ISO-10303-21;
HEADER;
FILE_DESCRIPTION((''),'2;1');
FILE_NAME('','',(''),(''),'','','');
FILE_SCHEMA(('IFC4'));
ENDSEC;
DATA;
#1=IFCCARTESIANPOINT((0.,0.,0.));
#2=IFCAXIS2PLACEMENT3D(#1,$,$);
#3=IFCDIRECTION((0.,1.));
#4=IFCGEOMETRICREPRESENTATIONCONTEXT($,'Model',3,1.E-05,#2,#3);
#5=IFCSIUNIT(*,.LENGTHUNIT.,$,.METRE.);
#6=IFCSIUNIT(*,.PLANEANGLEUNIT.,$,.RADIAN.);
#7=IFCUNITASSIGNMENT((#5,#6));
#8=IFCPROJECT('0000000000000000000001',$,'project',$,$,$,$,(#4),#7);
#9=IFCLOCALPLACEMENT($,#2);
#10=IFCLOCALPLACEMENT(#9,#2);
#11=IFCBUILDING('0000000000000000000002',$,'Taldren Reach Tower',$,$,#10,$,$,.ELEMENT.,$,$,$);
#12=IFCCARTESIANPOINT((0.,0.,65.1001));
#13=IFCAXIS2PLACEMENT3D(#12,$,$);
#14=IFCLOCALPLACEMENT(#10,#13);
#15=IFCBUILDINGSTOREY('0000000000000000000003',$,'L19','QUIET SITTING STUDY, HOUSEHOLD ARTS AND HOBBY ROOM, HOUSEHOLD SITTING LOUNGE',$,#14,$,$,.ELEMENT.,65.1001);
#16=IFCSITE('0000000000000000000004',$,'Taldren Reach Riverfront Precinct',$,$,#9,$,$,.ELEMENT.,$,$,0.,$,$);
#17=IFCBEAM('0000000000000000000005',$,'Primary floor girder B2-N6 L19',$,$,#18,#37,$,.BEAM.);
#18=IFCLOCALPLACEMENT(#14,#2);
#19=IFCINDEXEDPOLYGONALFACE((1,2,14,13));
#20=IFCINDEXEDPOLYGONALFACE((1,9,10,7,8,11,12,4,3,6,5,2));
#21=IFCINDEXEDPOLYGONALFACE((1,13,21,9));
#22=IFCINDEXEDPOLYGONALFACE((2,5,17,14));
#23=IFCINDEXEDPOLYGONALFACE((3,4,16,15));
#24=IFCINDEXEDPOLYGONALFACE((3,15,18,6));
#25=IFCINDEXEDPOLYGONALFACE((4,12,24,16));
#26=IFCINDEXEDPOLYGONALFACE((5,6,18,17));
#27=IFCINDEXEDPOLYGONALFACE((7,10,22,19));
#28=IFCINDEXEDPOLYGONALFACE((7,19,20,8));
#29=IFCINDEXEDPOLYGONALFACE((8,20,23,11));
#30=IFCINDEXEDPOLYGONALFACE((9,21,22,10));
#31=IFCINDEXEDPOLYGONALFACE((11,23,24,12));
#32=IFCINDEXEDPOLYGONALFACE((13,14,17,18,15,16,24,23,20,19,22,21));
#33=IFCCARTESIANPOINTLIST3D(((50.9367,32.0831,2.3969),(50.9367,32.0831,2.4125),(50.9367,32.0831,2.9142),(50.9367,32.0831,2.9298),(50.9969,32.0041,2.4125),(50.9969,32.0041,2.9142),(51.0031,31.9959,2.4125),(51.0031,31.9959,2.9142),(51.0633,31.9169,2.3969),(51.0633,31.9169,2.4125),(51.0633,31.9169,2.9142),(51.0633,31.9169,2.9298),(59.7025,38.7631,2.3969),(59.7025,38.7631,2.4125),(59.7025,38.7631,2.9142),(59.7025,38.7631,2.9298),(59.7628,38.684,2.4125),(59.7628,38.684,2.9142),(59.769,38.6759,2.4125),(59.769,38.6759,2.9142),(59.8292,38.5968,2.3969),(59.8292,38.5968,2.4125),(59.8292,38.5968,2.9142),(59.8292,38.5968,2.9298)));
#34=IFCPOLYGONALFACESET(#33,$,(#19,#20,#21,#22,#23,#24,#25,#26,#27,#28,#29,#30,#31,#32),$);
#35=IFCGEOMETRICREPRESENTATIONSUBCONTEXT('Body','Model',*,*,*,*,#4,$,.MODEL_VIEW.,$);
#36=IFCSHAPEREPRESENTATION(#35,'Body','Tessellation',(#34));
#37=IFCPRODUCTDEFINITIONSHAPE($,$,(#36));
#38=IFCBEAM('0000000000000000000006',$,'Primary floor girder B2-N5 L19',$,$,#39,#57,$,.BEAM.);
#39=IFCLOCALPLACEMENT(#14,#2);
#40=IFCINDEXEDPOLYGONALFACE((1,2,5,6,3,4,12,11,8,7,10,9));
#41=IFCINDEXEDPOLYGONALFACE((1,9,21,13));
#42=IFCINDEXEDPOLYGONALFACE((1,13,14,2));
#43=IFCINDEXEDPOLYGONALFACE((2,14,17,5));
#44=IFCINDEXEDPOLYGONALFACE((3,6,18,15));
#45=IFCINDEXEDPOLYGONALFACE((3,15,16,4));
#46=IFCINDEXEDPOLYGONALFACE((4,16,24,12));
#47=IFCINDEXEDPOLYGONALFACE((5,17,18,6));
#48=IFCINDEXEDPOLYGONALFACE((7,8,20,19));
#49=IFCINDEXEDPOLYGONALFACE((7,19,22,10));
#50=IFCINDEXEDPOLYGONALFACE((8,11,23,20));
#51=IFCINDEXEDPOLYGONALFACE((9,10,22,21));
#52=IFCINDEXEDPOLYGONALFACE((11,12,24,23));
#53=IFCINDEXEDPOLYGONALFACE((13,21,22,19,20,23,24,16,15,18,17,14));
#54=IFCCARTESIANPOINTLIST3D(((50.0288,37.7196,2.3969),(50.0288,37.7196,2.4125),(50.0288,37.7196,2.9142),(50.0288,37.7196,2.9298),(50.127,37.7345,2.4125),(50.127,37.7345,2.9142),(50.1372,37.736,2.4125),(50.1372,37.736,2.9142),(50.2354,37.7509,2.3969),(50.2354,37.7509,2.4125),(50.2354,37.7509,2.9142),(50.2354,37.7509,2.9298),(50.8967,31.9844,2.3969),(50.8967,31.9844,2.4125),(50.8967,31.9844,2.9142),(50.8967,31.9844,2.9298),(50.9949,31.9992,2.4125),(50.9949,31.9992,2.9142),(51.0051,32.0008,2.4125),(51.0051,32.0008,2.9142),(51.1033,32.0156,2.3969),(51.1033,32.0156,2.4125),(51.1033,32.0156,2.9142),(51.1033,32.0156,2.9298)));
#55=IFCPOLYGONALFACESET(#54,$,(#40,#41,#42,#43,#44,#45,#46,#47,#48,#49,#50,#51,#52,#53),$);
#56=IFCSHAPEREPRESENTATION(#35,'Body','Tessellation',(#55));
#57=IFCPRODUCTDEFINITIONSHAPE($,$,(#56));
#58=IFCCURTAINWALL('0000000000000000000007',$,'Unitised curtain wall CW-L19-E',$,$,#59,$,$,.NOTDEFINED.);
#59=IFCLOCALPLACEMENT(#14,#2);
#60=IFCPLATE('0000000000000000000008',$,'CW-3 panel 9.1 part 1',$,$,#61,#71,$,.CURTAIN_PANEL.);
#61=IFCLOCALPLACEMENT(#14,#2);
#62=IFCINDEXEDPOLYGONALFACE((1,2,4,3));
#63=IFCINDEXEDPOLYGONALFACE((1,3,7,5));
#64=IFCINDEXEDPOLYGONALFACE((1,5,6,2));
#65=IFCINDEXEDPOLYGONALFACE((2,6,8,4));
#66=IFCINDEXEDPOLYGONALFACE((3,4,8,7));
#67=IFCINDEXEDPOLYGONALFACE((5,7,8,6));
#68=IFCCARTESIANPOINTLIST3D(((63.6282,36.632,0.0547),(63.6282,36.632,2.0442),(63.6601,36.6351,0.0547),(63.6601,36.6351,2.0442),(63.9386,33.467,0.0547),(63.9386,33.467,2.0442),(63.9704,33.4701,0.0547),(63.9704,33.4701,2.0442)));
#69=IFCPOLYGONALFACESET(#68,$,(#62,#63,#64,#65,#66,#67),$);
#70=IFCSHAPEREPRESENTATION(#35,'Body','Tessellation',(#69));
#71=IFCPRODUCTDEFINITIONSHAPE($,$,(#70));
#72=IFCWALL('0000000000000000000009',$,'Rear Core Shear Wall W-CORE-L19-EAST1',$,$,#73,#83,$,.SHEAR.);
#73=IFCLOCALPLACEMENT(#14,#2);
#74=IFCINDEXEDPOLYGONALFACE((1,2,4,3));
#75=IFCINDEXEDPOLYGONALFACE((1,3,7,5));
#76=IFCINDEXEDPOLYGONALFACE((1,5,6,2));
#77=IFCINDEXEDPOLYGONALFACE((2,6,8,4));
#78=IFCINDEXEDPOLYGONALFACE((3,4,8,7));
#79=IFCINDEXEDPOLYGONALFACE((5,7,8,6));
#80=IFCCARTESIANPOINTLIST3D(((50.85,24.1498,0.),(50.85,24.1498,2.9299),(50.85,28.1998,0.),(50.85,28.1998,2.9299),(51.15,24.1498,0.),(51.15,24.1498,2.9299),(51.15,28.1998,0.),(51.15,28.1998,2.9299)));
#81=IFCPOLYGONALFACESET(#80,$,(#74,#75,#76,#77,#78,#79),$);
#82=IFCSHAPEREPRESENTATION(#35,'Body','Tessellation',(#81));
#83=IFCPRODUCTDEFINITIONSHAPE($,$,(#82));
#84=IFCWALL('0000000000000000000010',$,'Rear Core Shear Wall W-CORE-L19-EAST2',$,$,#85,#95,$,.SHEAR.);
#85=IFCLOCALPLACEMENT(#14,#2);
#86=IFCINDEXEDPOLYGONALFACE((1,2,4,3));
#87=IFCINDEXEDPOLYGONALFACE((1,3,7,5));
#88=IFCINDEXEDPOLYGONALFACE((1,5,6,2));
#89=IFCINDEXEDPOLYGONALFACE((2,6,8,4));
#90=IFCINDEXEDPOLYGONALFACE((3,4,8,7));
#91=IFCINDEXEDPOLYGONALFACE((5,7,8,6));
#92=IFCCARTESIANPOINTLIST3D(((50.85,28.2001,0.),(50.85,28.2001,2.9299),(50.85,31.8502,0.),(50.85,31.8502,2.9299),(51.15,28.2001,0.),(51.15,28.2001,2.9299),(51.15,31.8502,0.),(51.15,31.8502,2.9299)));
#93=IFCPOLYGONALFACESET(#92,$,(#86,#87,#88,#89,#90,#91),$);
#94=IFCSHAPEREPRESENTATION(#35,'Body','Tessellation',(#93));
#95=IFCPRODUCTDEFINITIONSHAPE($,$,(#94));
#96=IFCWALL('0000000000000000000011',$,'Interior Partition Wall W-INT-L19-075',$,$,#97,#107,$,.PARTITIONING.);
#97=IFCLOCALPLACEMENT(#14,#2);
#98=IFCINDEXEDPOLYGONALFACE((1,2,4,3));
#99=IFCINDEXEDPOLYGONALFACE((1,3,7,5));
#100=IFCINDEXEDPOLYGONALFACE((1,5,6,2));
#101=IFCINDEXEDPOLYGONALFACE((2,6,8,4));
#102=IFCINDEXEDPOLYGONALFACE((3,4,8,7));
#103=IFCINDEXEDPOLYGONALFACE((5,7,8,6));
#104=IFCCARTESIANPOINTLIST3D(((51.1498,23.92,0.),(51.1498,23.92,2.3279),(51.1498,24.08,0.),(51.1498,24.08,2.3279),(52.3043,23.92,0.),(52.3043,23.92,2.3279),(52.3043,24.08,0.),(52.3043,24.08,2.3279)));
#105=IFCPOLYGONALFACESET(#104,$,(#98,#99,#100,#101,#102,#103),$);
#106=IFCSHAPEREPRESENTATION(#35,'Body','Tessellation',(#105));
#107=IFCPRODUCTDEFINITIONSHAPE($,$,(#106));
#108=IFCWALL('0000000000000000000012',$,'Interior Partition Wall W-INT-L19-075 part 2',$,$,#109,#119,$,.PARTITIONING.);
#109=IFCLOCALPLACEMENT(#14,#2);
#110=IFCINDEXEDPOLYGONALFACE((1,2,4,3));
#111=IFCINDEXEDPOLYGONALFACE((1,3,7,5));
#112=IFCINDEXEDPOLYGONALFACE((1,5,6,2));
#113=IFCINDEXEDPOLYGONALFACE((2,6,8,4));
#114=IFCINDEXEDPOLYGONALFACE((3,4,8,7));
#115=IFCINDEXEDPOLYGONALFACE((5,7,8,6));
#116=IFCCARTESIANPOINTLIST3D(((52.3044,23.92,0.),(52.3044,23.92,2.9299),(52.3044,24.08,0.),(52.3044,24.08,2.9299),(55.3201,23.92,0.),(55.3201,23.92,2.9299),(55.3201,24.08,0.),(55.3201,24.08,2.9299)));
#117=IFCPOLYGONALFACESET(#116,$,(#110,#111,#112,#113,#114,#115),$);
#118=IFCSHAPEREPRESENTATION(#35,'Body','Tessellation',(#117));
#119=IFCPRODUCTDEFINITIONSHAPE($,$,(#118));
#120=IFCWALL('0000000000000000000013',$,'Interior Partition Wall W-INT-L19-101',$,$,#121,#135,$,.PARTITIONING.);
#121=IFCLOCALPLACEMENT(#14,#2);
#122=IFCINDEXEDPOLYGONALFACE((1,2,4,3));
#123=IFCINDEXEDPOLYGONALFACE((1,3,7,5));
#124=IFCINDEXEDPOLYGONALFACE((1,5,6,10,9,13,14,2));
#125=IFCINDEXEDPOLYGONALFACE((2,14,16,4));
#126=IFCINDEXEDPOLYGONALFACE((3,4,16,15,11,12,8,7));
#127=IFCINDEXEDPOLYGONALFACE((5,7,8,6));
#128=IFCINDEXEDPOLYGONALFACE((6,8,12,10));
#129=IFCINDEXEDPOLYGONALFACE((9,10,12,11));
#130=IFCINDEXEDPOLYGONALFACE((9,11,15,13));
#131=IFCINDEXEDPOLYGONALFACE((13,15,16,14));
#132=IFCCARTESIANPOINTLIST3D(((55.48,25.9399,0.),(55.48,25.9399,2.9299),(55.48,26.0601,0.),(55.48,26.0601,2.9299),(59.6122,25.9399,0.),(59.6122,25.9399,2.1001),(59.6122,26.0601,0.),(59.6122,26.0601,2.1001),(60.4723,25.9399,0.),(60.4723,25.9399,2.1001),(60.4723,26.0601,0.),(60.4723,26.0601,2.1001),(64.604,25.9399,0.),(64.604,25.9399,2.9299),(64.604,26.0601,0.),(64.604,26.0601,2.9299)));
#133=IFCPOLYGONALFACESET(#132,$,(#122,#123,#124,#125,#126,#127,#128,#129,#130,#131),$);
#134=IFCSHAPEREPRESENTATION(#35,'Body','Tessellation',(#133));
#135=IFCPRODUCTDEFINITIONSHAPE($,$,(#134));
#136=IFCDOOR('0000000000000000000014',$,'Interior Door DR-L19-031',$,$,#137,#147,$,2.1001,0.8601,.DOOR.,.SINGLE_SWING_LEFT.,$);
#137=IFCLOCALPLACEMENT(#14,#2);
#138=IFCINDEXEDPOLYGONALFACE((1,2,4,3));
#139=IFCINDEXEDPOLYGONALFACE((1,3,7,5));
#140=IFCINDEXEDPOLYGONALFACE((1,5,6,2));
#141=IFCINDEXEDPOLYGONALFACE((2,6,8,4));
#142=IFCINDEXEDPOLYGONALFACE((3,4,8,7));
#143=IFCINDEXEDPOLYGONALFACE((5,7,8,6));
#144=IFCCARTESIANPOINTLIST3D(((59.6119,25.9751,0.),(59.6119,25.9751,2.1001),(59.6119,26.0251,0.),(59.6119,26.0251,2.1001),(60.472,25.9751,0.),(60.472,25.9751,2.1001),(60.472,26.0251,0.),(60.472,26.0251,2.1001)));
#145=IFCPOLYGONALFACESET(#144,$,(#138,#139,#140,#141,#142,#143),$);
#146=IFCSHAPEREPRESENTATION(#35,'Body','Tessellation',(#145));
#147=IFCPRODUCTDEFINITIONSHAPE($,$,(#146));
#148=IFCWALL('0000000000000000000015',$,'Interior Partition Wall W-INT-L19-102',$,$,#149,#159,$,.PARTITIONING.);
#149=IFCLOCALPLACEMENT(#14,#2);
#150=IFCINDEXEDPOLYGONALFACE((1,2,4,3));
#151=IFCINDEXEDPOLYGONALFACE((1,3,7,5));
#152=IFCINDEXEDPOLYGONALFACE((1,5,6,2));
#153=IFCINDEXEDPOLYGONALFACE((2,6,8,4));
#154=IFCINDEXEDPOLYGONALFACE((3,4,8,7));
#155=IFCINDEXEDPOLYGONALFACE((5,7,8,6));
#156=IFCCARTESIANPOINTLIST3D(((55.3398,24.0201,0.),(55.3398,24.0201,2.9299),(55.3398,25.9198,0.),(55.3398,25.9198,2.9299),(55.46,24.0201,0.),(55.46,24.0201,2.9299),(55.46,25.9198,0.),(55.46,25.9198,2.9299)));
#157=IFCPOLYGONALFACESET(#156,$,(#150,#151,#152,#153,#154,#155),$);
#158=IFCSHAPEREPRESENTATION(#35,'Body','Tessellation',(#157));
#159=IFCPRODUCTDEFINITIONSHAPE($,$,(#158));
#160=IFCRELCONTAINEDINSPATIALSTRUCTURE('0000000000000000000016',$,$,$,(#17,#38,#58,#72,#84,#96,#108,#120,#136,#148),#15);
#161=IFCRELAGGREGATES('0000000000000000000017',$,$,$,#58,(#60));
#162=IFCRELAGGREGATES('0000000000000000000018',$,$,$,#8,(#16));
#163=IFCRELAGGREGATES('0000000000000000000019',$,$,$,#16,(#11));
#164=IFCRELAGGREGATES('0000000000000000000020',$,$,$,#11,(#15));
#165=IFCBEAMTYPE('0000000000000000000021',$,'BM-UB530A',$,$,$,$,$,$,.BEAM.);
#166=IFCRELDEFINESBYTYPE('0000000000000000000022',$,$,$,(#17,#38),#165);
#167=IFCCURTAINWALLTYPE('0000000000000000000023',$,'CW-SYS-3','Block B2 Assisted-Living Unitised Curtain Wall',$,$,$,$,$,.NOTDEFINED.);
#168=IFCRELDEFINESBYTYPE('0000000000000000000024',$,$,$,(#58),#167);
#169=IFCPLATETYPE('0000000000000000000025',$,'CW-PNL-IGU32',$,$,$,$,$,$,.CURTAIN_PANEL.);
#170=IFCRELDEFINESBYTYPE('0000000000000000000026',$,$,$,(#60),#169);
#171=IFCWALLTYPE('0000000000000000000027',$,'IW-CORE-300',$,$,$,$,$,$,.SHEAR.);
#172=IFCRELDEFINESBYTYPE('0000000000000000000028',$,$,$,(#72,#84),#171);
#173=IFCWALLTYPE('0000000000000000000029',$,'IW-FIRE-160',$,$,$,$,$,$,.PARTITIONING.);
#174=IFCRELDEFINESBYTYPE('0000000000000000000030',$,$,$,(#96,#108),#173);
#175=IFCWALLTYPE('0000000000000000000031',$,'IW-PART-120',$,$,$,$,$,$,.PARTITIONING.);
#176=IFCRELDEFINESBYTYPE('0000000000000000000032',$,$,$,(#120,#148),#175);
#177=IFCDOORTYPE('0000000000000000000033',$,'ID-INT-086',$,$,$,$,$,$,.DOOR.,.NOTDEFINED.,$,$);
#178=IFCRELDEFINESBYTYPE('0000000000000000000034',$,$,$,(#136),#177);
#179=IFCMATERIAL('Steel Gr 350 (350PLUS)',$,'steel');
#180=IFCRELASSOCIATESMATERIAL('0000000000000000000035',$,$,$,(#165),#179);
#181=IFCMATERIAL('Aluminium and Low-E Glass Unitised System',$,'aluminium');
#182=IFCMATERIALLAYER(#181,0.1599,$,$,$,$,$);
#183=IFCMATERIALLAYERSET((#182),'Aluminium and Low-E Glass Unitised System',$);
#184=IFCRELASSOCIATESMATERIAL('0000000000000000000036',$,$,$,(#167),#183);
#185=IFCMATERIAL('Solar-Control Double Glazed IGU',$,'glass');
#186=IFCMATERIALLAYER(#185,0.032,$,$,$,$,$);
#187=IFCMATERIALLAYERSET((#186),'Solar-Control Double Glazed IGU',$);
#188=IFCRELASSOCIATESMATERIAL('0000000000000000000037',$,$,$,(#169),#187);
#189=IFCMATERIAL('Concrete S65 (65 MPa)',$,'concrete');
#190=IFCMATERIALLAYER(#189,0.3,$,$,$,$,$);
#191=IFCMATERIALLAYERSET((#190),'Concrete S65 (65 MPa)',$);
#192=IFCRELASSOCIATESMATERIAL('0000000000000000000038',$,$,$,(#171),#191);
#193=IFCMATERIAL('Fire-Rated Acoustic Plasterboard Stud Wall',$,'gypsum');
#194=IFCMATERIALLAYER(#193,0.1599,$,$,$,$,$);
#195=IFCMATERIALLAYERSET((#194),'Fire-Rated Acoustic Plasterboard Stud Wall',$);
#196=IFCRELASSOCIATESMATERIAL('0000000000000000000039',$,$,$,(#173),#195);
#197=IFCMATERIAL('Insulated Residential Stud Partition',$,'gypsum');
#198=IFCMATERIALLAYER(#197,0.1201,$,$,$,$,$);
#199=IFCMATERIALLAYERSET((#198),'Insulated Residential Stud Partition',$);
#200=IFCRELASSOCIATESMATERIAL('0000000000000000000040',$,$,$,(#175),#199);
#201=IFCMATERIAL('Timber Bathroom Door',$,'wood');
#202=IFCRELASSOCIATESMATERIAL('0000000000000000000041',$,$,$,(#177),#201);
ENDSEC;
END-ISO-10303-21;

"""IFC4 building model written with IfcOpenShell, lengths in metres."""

from ifc_helpers import new_model, si_unit, direction, frame, frame_2d, origin, origin_2d, place, context, subcontext, project, spatial, rectangle, i_section, extrude, source, transform, mapped, material, layer, layer_set, material_profile, profile_set, type_object, element, fill, aggregate, save


model = new_model("IFC4")

# Units and contexts
model_context = context("Model", 3, precision=1e-05, world=origin(), true_north=direction((0.0, 1.0)))
body_context = subcontext(model_context, "Body", "Model", "MODEL_VIEW")
ifc_project = project(units=[si_unit("LENGTHUNIT", "METRE"), si_unit("PLANEANGLEUNIT", "RADIAN")], contexts=[model_context])

# Site, building, storey
site_placement = place(None, origin())
site = spatial("IfcSite", under=ifc_project, at=site_placement, Name="Taldren Reach Riverfront Precinct", CompositionType="ELEMENT", RefElevation=0.0)
building_placement = place(site_placement, origin())
building = spatial("IfcBuilding", under=site, at=building_placement, Name="Taldren Reach Tower", CompositionType="ELEMENT")
storey_placement = place(building_placement, frame((0.0, 0.0, 65.1001)))
storey = spatial("IfcBuildingStorey", under=building, at=storey_placement, Name="L19", Description="QUIET SITTING STUDY, HOUSEHOLD ARTS AND HOBBY ROOM, HOUSEHOLD SITTING LOUNGE", CompositionType="ELEMENT", Elevation=65.1001)

# Shared definitions
ifc_material_1 = material(Name="Concrete S65 (65 MPa)", Category="concrete")
ifc_material_2 = material(Name="Steel Gr 350 (350PLUS)", Category="steel")

# Beams
ifc_material_profile_1 = material_profile(ifc_material_2, i_section(OverallWidth=0.209, OverallDepth=0.533, WebThickness=0.0103, FlangeThickness=0.0156, at=origin_2d()), Name="530UB92.4")
ifc_profile_set_1 = profile_set([ifc_material_profile_1], Name="Steel Gr 350 (350PLUS)")
beam_type_1 = type_object("IfcBeamType", Name="BM-UB530A", PredefinedType="BEAM", material=ifc_profile_set_1)
shared_shape_1 = source(origin(), body_context, "Body", "SweptSolid", [
    extrude(i_section(OverallWidth=0.209, OverallDepth=0.533, WebThickness=0.0103, FlangeThickness=0.0156, at=origin_2d()), origin(), (0.0, 0.0, 1.0), 11.021),
])
beam_1_placement = place(storey_placement, frame((51.0, 32.0, 2.6633), z_axis=(0.79538, 0.606111, 0.0), x_axis=(-0.606111, 0.79538, 0.0)))
element("IfcBeam", 1, at=beam_1_placement, inside=storey, type_object=beam_type_1, Name="Primary floor girder B2-N6 L19", PredefinedType="BEAM", context=body_context, shape_type="MappedRepresentation", body=[
    mapped(shared_shape_1, transform((0.0, 0.0, 0.0), scale=1.0)),
])
shared_shape_2 = source(origin(), body_context, "Body", "SweptSolid", [
    extrude(i_section(OverallWidth=0.209, OverallDepth=0.533, WebThickness=0.0103, FlangeThickness=0.0156, at=origin_2d()), origin(), (0.0, 0.0, 1.0), 5.8005),
])
beam_2_placement = place(storey_placement, frame((51.0, 32.0, 2.6633), z_axis=(-0.149625, 0.988743, 0.0), x_axis=(-0.988743, -0.149625, 0.0)))
element("IfcBeam", 2, at=beam_2_placement, inside=storey, type_object=beam_type_1, Name="Primary floor girder B2-N5 L19", PredefinedType="BEAM", context=body_context, shape_type="MappedRepresentation", body=[
    mapped(shared_shape_2, transform((0.0, 0.0, 0.0), scale=1.0)),
])

# Curtain wall, plate
ifc_material_3 = material(Name="Aluminium and Low-E Glass Unitised System", Category="aluminium")
ifc_layer_1 = layer(ifc_material_3, 0.1599)
ifc_layer_set_1 = layer_set([ifc_layer_1], Name="Aluminium and Low-E Glass Unitised System")
curtain_wall_type = type_object("IfcCurtainWallType", Name="CW-SYS-3", Description="Block B2 Assisted-Living Unitised Curtain Wall", PredefinedType="NOTDEFINED", material=ifc_layer_set_1)
curtain_wall_placement = place(storey_placement, origin())
curtain_wall = element("IfcCurtainWall", 3, at=curtain_wall_placement, inside=storey, type_object=curtain_wall_type, Name="Unitised curtain wall CW-L19-E", PredefinedType="NOTDEFINED")
ifc_material_4 = material(Name="Solar-Control Double Glazed IGU", Category="glass")
ifc_layer_2 = layer(ifc_material_4, 0.032)
ifc_layer_set_2 = layer_set([ifc_layer_2], Name="Solar-Control Double Glazed IGU")
plate_type = type_object("IfcPlateType", Name="CW-PNL-IGU32", PredefinedType="CURTAIN_PANEL", material=ifc_layer_set_2)
shared_shape_3 = source(origin(), body_context, "Body", "SweptSolid", [
    extrude(rectangle(XDim=3.1802, YDim=0.032, at=origin_2d()), origin(), (0.0, 0.0, 1.0), 1.9895),
])
plate_placement = place(storey_placement, frame((63.7993, 35.051, 0.0547), z_axis=(0.0, 0.0, 1.0), x_axis=(-0.097583, 0.995227, 0.0)))
plate = element("IfcPlate", 4, at=plate_placement, type_object=plate_type, Name="CW-3 panel 9.1 part 1", PredefinedType="CURTAIN_PANEL", context=body_context, shape_type="MappedRepresentation", body=[
    mapped(shared_shape_3, transform((0.0, 0.0, 0.0), scale=1.0)),
])
aggregate(curtain_wall, [plate])

# Walls
ifc_layer_3 = layer(ifc_material_1, 0.3)
ifc_layer_set_3 = layer_set([ifc_layer_3], Name="Concrete S65 (65 MPa)")
wall_type_1 = type_object("IfcWallType", Name="IW-CORE-300", PredefinedType="SHEAR", material=ifc_layer_set_3)
shared_shape_4 = source(origin(), body_context, "Body", "SweptSolid", [
    extrude(rectangle(XDim=4.05, YDim=0.3, at=frame_2d((2.0249, 0.0))), origin(), (0.0, 0.0, 1.0), 2.9299),
])
wall_1_placement = place(storey_placement, frame((51.0, 24.1499, 0.0), z_axis=(0.0, 0.0, 1.0), x_axis=(0.0, 1.0, 0.0)))
element("IfcWall", 5, at=wall_1_placement, inside=storey, type_object=wall_type_1, Name="Rear Core Shear Wall W-CORE-L19-EAST1", PredefinedType="SHEAR", context=body_context, shape_type="MappedRepresentation", body=[
    mapped(shared_shape_4, transform((0.0, 0.0, 0.0), scale=1.0)),
])
shared_shape_5 = source(origin(), body_context, "Body", "SweptSolid", [
    extrude(rectangle(XDim=3.6501, YDim=0.3, at=frame_2d((1.8252, 0.0))), origin(), (0.0, 0.0, 1.0), 2.9299),
])
wall_2_placement = place(storey_placement, frame((51.0, 28.2, 0.0), z_axis=(0.0, 0.0, 1.0), x_axis=(0.0, 1.0, 0.0)))
element("IfcWall", 6, at=wall_2_placement, inside=storey, type_object=wall_type_1, Name="Rear Core Shear Wall W-CORE-L19-EAST2", PredefinedType="SHEAR", context=body_context, shape_type="MappedRepresentation", body=[
    mapped(shared_shape_5, transform((0.0, 0.0, 0.0), scale=1.0)),
])
ifc_material_5 = material(Name="Fire-Rated Acoustic Plasterboard Stud Wall", Category="gypsum")
ifc_layer_4 = layer(ifc_material_5, 0.1599)
ifc_layer_set_4 = layer_set([ifc_layer_4], Name="Fire-Rated Acoustic Plasterboard Stud Wall")
wall_type_2 = type_object("IfcWallType", Name="IW-FIRE-160", PredefinedType="PARTITIONING", material=ifc_layer_set_4)
shared_shape_6 = source(origin(), body_context, "Body", "SweptSolid", [
    extrude(rectangle(XDim=1.1545, YDim=0.1599, at=frame_2d((0.5771, 0.0))), origin(), (0.0, 0.0, 1.0), 2.3279),
])
wall_3_placement = place(storey_placement, frame((51.1499, 24.0, 0.0), z_axis=(0.0, 0.0, 1.0), x_axis=(1.0, 0.0, 0.0)))
element("IfcWall", 7, at=wall_3_placement, inside=storey, type_object=wall_type_2, Name="Interior Partition Wall W-INT-L19-075", PredefinedType="PARTITIONING", context=body_context, shape_type="MappedRepresentation", body=[
    mapped(shared_shape_6, transform((0.0, 0.0, 0.0), scale=1.0)),
])
shared_shape_7 = source(origin(), body_context, "Body", "SweptSolid", [
    extrude(rectangle(XDim=3.0156, YDim=0.1599, at=frame_2d((1.5078, 0.0))), origin(), (0.0, 0.0, 1.0), 2.9299),
])
wall_4_placement = place(storey_placement, frame((52.3044, 24.0, 0.0), z_axis=(0.0, 0.0, 1.0), x_axis=(1.0, 0.0, 0.0)))
element("IfcWall", 8, at=wall_4_placement, inside=storey, type_object=wall_type_2, Name="Interior Partition Wall W-INT-L19-075 part 2", PredefinedType="PARTITIONING", context=body_context, shape_type="MappedRepresentation", body=[
    mapped(shared_shape_7, transform((0.0, 0.0, 0.0), scale=1.0)),
])

# Wall, opening, door
ifc_material_6 = material(Name="Insulated Residential Stud Partition", Category="gypsum")
ifc_layer_5 = layer(ifc_material_6, 0.1201)
ifc_layer_set_5 = layer_set([ifc_layer_5], Name="Insulated Residential Stud Partition")
wall_type_3 = type_object("IfcWallType", Name="IW-PART-120", PredefinedType="PARTITIONING", material=ifc_layer_set_5)
shared_shape_8 = source(origin(), body_context, "Body", "SweptSolid", [
    extrude(rectangle(XDim=9.124, YDim=0.1201, at=frame_2d((4.562, 0.0))), origin(), (0.0, 0.0, 1.0), 2.9299),
])
wall_5_placement = place(storey_placement, frame((55.48, 26.0, 0.0), z_axis=(0.0, 0.0, 1.0), x_axis=(1.0, 0.0, 0.0)))
wall_5 = element("IfcWall", 9, at=wall_5_placement, inside=storey, type_object=wall_type_3, Name="Interior Partition Wall W-INT-L19-101", PredefinedType="PARTITIONING", context=body_context, shape_type="MappedRepresentation", body=[
    mapped(shared_shape_8, transform((0.0, 0.0, 0.0), scale=1.0)),
])
shared_shape_9 = source(origin(), body_context, "Body", "SweptSolid", [
    extrude(rectangle(XDim=0.8601, YDim=2.1001, at=frame_2d((0.4302, 1.05))), frame((0.0, 0.0701, 0.0), z_axis=(0.0, -1.0, 0.0), x_axis=(1.0, 0.0, 0.0)), (0.0, 0.0, 1.0), 0.1401),
])
opening_placement = place(wall_5_placement, frame((4.1321, 0.0, 0.0)))
opening = element("IfcOpeningElement", 10, at=opening_placement, cuts=wall_5, PredefinedType="OPENING", context=body_context, shape_type="MappedRepresentation", body=[
    mapped(shared_shape_9, transform((0.0, 0.0, 0.0), scale=1.0)),
])
ifc_material_7 = material(Name="Timber Bathroom Door", Category="wood")
door_type = type_object("IfcDoorType", Name="ID-INT-086", OperationType="NOTDEFINED", PredefinedType="DOOR", material=ifc_material_7)
shared_shape_10 = source(origin(), body_context, "Body", "SweptSolid", [
    extrude(rectangle(XDim=0.8601, YDim=2.1001, at=frame_2d((0.4302, 1.05))), frame((0.0, 0.0249, 0.0), z_axis=(0.0, -1.0, 0.0), x_axis=(1.0, 0.0, 0.0)), (0.0, 0.0, 1.0), 0.05),
])
door_placement = place(opening_placement, frame((0.8601, 0.0, 0.0), z_axis=(0.0, 0.0, 1.0), x_axis=(-1.0, 0.0, 0.0)))
door = element("IfcDoor", 11, at=door_placement, inside=storey, type_object=door_type, Name="Interior Door DR-L19-031", OperationType="SINGLE_SWING_LEFT", OverallHeight=2.1001, OverallWidth=0.8601, PredefinedType="DOOR", context=body_context, shape_type="MappedRepresentation", body=[
    mapped(shared_shape_10, transform((0.0, 0.0, 0.0), scale=1.0)),
])
fill(opening, door)

# Wall
shared_shape_11 = source(origin(), body_context, "Body", "SweptSolid", [
    extrude(rectangle(XDim=1.8997, YDim=0.1201, at=frame_2d((0.9497, 0.0))), origin(), (0.0, 0.0, 1.0), 2.9299),
])
wall_6_placement = place(storey_placement, frame((55.3999, 24.0203, 0.0), z_axis=(0.0, 0.0, 1.0), x_axis=(0.0, 1.0, 0.0)))
element("IfcWall", 12, at=wall_6_placement, inside=storey, type_object=wall_type_3, Name="Interior Partition Wall W-INT-L19-102", PredefinedType="PARTITIONING", context=body_context, shape_type="MappedRepresentation", body=[
    mapped(shared_shape_11, transform((0.0, 0.0, 0.0), scale=1.0)),
])

save(model, "model.ifc")
